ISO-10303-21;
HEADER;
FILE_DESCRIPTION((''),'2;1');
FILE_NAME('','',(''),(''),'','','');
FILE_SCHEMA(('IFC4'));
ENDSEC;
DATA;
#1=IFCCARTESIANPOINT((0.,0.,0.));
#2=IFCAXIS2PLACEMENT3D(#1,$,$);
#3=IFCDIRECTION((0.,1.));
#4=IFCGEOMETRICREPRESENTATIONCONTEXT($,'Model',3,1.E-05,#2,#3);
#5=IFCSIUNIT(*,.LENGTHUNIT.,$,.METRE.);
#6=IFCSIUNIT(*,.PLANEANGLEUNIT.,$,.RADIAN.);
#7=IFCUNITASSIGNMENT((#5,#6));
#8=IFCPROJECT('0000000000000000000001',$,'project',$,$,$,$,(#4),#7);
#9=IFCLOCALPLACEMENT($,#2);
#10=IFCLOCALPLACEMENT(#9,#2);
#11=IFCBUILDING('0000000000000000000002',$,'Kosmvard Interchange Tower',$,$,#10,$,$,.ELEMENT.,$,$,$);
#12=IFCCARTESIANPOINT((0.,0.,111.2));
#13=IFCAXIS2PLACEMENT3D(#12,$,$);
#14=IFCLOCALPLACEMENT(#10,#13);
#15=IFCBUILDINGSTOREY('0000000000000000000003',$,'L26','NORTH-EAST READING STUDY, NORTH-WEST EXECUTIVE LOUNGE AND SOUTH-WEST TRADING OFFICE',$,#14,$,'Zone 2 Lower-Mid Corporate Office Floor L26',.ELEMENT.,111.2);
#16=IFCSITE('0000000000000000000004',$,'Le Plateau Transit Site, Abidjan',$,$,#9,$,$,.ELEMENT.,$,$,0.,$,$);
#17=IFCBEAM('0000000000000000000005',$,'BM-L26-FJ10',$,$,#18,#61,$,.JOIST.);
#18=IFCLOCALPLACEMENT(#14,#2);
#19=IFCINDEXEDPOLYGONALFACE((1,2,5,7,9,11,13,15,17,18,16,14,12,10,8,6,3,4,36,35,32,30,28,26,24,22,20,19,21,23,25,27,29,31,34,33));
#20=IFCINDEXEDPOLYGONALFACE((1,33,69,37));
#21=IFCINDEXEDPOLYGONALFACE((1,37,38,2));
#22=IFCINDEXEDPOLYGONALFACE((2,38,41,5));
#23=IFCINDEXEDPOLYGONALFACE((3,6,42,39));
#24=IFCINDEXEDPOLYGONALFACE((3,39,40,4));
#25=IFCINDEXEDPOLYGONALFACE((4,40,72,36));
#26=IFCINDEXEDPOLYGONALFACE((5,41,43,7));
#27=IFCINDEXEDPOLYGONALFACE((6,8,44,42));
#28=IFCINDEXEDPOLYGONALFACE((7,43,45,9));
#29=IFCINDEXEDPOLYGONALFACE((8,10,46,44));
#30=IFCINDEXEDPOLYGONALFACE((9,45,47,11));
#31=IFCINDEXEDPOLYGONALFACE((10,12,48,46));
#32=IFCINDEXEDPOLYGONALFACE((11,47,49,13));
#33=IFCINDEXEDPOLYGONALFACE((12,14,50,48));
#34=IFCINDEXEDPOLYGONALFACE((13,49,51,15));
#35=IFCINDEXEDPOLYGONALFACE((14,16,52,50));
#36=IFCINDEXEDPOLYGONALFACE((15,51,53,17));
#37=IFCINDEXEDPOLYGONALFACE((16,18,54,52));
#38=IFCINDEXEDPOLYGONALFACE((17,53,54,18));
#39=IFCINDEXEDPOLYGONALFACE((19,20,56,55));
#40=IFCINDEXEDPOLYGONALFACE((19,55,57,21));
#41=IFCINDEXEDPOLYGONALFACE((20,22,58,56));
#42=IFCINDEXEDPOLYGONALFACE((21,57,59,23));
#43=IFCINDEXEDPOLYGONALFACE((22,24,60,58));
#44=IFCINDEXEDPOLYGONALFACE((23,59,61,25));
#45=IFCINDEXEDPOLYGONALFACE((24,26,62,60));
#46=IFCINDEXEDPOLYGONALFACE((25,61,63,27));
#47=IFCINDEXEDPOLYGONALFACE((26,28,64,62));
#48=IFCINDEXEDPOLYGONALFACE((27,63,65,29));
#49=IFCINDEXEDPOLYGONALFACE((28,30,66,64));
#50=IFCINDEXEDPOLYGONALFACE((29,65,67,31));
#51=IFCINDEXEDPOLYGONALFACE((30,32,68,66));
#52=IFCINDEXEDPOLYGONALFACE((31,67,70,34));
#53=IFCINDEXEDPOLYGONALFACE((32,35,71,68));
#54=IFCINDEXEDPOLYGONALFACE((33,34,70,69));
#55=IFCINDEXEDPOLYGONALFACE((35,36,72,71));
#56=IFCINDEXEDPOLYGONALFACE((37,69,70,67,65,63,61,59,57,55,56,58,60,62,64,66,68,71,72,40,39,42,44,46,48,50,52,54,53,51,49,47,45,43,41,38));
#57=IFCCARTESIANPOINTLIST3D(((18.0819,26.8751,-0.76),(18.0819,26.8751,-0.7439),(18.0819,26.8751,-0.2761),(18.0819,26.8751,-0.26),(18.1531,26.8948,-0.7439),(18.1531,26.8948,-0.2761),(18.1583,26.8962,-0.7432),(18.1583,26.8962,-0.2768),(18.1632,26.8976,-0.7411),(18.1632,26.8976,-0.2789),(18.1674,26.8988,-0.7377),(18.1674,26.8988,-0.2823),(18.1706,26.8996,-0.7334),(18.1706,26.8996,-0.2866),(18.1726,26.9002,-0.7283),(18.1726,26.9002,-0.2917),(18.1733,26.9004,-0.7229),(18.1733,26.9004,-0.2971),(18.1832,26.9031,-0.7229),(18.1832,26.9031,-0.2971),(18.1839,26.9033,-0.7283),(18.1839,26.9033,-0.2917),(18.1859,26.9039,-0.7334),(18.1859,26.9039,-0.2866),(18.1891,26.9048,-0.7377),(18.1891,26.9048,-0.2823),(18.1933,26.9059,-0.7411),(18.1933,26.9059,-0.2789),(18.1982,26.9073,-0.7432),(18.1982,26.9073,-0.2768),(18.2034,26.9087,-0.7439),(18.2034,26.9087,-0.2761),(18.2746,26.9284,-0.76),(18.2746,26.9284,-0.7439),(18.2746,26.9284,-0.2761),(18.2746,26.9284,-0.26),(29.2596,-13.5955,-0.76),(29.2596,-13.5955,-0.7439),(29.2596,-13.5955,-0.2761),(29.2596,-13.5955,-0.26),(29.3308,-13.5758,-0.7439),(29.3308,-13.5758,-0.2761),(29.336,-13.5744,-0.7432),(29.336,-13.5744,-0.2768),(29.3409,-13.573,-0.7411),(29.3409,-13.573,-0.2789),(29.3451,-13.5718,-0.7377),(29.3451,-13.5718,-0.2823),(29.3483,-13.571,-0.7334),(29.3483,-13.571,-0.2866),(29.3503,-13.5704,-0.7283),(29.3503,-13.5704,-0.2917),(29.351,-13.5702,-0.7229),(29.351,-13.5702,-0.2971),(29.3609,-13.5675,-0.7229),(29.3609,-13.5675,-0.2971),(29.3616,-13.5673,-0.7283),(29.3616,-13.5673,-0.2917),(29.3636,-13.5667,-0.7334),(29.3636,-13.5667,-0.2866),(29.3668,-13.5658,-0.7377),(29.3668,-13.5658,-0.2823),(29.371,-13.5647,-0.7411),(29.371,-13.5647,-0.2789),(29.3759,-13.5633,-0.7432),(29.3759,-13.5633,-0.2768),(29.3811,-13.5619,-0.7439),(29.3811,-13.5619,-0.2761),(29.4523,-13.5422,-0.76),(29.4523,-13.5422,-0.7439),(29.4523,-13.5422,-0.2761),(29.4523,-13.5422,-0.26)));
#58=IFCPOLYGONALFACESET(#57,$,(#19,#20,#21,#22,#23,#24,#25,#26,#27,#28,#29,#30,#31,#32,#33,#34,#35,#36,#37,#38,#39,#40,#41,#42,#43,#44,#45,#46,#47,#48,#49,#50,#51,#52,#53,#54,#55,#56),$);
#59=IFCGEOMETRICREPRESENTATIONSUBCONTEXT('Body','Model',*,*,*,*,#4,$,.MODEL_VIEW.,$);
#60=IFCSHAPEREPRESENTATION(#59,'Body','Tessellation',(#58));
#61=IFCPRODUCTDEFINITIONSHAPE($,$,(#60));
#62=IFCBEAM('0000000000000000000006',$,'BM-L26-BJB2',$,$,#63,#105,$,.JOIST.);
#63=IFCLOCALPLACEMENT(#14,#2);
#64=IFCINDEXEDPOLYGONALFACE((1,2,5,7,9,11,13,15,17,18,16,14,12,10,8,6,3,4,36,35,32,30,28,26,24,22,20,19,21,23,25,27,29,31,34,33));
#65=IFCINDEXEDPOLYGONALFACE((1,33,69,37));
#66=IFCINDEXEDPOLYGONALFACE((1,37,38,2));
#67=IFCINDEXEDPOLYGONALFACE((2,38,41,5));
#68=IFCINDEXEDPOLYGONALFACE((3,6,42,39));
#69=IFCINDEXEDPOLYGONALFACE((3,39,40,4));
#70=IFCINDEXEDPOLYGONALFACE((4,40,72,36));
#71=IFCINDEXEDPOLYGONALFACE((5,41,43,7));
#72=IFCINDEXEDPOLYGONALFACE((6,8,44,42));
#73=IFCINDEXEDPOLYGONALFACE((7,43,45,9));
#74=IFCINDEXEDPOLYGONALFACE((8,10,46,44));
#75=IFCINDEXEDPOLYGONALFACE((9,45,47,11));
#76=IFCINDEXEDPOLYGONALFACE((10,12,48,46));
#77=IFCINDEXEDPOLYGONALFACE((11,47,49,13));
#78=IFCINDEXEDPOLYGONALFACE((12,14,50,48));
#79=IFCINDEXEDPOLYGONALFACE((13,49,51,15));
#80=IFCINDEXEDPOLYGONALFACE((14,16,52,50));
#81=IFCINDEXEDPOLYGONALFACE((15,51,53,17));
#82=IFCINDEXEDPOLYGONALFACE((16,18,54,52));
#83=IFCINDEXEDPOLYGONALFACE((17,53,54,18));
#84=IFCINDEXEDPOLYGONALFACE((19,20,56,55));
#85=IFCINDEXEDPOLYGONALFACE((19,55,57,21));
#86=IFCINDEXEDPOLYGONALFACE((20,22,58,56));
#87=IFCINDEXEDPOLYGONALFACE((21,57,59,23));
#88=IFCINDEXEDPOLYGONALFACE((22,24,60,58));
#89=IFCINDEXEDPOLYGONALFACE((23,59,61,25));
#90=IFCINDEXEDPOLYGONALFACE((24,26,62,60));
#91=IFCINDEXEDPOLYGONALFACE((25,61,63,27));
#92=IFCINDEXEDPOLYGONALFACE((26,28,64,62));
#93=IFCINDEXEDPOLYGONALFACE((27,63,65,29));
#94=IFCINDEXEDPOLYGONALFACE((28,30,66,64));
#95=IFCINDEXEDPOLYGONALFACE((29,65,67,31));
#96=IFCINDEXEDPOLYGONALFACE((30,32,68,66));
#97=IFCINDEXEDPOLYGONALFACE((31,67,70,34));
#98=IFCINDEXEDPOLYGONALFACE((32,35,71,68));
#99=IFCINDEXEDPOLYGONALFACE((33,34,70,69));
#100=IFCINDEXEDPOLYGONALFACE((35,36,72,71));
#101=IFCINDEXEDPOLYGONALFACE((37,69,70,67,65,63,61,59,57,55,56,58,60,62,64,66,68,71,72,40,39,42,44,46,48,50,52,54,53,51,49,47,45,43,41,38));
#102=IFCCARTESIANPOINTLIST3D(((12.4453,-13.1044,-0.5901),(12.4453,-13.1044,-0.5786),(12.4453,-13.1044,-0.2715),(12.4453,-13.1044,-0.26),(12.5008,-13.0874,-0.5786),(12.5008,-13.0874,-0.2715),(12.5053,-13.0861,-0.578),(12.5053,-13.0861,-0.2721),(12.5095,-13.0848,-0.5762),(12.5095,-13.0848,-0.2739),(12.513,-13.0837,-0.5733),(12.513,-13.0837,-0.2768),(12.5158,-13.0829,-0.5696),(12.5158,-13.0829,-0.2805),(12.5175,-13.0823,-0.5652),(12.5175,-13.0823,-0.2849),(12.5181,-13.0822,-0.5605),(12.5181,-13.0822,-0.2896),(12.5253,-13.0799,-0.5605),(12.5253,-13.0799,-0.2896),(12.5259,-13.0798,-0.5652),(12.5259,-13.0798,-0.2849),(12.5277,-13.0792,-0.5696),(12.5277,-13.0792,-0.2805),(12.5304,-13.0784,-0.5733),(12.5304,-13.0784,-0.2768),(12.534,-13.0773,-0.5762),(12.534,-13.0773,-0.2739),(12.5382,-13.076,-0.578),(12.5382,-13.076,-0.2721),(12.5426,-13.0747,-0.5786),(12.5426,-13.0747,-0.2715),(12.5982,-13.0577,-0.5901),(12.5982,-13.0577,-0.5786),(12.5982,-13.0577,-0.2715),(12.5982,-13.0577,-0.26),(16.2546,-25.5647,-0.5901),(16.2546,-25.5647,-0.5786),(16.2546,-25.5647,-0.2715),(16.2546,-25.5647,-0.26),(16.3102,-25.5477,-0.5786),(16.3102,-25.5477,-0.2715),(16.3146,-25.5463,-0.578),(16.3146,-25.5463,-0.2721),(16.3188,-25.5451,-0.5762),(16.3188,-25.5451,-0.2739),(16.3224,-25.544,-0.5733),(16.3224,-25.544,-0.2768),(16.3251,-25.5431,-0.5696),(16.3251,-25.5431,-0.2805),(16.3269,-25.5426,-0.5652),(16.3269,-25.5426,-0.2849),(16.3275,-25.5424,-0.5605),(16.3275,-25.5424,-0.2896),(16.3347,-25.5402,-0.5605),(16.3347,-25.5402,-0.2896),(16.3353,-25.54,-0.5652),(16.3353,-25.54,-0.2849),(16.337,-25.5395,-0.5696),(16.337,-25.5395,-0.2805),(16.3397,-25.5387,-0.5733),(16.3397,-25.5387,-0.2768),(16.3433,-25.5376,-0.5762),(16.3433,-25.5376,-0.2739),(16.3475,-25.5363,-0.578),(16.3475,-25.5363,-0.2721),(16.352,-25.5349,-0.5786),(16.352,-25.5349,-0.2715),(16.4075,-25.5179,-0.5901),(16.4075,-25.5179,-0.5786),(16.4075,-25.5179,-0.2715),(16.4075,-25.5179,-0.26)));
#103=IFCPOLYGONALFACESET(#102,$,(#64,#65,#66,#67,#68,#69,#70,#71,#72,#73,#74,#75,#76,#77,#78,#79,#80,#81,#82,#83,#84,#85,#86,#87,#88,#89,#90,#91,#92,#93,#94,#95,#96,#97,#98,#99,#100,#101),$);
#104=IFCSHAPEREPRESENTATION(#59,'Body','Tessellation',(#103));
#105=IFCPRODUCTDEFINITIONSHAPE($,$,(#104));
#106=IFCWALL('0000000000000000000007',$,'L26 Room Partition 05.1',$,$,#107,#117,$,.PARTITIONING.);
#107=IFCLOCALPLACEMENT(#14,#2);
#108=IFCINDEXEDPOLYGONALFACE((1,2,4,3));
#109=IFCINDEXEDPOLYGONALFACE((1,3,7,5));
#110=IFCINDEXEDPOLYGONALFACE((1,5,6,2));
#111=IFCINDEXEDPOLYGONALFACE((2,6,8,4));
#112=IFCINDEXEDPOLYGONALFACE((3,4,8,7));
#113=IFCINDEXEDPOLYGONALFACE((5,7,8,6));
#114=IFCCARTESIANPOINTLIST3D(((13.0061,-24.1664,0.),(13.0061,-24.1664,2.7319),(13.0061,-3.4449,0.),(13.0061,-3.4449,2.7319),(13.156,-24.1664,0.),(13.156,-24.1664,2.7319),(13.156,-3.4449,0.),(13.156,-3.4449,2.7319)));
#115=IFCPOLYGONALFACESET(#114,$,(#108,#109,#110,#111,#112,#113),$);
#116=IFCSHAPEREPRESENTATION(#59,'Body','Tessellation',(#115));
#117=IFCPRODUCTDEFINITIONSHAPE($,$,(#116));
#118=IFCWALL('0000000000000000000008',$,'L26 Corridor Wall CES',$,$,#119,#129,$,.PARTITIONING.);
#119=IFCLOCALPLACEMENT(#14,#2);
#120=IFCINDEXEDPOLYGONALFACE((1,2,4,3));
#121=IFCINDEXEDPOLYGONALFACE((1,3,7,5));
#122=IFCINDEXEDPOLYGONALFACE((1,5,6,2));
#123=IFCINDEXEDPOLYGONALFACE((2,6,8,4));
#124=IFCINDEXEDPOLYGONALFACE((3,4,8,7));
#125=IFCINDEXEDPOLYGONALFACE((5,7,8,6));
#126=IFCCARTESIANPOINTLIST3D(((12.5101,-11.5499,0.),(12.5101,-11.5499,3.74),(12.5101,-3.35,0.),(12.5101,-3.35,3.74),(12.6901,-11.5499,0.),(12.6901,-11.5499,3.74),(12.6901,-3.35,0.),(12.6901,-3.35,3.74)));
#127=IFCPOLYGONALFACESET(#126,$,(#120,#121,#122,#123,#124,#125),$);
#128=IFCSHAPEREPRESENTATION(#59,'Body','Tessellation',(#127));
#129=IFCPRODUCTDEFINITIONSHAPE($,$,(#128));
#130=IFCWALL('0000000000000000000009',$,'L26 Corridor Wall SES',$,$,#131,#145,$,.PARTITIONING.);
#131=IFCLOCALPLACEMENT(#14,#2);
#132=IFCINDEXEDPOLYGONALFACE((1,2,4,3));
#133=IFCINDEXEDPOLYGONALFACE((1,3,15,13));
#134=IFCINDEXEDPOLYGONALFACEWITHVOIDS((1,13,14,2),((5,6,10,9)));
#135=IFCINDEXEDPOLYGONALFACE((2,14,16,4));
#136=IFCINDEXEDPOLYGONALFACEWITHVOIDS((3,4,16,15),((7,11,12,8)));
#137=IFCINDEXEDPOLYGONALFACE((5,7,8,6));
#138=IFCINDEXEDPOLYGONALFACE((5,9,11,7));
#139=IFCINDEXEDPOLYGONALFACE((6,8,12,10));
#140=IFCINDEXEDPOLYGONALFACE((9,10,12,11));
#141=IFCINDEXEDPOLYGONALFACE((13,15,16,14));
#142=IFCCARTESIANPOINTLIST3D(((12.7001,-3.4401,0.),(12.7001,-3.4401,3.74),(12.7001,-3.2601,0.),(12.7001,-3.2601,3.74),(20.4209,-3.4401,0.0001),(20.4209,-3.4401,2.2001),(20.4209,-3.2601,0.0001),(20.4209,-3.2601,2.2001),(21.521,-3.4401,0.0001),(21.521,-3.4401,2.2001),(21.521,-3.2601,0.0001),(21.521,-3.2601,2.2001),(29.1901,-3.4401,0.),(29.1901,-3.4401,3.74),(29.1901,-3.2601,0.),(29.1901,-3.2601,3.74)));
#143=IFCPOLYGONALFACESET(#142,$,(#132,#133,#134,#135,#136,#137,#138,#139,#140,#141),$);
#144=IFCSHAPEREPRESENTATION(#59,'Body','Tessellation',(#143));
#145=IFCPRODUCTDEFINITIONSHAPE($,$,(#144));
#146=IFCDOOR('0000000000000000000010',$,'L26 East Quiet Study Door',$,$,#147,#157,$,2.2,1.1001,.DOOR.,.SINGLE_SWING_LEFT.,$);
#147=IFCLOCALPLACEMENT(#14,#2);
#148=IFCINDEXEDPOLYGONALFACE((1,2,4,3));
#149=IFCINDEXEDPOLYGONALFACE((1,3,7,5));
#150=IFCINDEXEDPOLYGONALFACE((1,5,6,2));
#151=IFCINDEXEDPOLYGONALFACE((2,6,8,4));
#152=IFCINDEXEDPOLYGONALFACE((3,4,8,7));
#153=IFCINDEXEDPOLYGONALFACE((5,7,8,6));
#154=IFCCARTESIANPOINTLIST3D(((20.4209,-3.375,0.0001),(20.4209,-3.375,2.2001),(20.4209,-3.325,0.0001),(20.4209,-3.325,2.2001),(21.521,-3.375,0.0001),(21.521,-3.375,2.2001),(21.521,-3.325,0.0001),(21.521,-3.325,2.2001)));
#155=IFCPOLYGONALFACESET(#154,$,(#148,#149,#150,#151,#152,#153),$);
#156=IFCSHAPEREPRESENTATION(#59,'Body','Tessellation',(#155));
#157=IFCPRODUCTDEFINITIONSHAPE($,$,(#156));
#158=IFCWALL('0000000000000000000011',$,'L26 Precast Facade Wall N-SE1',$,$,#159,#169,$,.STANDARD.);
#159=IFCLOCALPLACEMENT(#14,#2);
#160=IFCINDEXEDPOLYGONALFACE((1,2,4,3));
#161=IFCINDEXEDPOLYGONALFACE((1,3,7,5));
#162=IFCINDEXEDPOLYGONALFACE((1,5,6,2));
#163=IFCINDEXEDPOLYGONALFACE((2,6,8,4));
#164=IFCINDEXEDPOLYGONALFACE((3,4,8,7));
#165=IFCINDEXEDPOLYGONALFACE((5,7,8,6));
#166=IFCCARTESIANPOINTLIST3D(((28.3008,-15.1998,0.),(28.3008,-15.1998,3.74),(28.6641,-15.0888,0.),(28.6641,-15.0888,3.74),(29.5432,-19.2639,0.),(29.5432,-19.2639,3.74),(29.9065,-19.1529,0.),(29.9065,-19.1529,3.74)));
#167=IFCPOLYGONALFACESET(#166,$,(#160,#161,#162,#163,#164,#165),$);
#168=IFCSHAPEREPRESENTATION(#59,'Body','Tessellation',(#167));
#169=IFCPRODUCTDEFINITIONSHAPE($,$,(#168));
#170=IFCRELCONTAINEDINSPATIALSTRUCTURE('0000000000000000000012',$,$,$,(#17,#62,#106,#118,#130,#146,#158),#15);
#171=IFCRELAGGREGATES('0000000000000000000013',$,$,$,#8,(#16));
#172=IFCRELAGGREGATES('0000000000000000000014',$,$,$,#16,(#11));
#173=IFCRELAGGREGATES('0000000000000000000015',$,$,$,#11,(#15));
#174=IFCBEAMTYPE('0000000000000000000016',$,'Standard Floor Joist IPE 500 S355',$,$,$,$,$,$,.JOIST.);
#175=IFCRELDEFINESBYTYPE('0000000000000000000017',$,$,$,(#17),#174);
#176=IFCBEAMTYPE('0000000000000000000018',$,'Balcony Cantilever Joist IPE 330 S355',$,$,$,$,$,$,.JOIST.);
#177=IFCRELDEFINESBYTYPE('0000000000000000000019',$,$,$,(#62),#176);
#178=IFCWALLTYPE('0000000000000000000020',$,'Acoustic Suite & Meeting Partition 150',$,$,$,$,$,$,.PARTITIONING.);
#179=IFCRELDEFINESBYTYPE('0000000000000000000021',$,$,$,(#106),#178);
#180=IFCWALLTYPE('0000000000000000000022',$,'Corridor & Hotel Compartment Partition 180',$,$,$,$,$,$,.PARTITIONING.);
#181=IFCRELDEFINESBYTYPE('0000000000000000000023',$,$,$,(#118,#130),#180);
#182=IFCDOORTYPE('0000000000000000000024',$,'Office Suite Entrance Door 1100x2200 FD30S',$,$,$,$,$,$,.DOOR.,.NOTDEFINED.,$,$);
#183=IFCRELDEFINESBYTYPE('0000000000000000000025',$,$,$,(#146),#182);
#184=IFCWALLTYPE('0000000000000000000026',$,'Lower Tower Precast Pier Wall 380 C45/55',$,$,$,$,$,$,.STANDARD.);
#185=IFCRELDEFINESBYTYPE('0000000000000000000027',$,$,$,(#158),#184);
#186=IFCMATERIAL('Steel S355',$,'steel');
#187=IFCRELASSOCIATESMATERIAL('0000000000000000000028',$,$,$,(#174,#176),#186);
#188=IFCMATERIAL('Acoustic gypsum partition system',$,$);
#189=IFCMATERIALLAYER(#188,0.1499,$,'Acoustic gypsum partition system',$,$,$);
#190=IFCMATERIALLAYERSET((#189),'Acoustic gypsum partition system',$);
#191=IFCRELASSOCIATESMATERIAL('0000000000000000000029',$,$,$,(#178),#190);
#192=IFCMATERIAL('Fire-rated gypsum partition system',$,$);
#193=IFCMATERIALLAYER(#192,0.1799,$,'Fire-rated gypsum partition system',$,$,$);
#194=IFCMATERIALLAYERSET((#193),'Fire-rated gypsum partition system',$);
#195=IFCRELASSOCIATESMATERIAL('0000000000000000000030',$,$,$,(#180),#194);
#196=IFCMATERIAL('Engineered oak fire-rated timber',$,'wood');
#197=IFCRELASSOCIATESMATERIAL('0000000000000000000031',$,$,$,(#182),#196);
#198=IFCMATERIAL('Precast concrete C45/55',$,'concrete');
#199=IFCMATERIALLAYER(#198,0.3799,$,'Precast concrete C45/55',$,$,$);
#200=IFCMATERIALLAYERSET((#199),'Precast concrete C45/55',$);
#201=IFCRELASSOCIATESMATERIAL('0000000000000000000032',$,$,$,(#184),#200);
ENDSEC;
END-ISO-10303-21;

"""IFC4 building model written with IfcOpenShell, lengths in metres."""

from ifc_helpers import new_model, si_unit, direction, frame, frame_2d, origin, origin_2d, place, context, subcontext, project, spatial, rectangle, i_section, extrude, source, transform, mapped, material, layer, layer_set, material_profile, profile_set, type_object, element, fill, save


model = new_model("IFC4")

# Units and contexts
model_context = context("Model", 3, precision=1e-05, world=origin(), true_north=direction((0.0, 1.0)))
body_context = subcontext(model_context, "Body", "Model", "MODEL_VIEW")
ifc_project = project(units=[si_unit("LENGTHUNIT", "METRE"), si_unit("PLANEANGLEUNIT", "RADIAN")], contexts=[model_context])

# Site, building, storey
site_placement = place(None, origin())
site = spatial("IfcSite", under=ifc_project, at=site_placement, Name="Le Plateau Transit Site, Abidjan", CompositionType="ELEMENT", RefElevation=0.0)
building_placement = place(site_placement, origin())
building = spatial("IfcBuilding", under=site, at=building_placement, Name="Kosmvard Interchange Tower", CompositionType="ELEMENT")
storey_placement = place(building_placement, frame((0.0, 0.0, 111.2)))
storey = spatial("IfcBuildingStorey", under=building, at=storey_placement, Name="L26", Description="NORTH-EAST READING STUDY, NORTH-WEST EXECUTIVE LOUNGE AND SOUTH-WEST TRADING OFFICE", LongName="Zone 2 Lower-Mid Corporate Office Floor L26", CompositionType="ELEMENT", Elevation=111.2)

# Beams
ifc_material_1 = material(Name="Steel S355", Category="steel")
ifc_material_2 = material(Name="Precast concrete C45/55", Category="concrete")
ifc_material_profile_1 = material_profile(ifc_material_1, i_section(OverallWidth=0.2, OverallDepth=0.5, WebThickness=0.0103, FlangeThickness=0.0161, FilletRadius=0.021, at=origin_2d()), Name="IPE 500")
ifc_profile_set_1 = profile_set([ifc_material_profile_1], Name="Steel S355")
beam_type_1 = type_object("IfcBeamType", Name="Standard Floor Joist IPE 500 S355", PredefinedType="JOIST", material=ifc_profile_set_1)
shared_shape_1 = source(origin(), body_context, "Body", "SweptSolid", [
    extrude(i_section(OverallWidth=0.2, OverallDepth=0.5, WebThickness=0.0103, FlangeThickness=0.0161, FilletRadius=0.021, at=origin_2d()), origin(), (0.0, 0.0, 1.0), 41.9858),
])
beam_1_placement = place(storey_placement, frame((29.356, -13.5688, -0.51), z_axis=(-0.266226, 0.963911, 0.0), x_axis=(-0.963911, -0.266226, 0.0)))
element("IfcBeam", 1, at=beam_1_placement, inside=storey, type_object=beam_type_1, Name="BM-L26-FJ10", PredefinedType="JOIST", context=body_context, shape_type="MappedRepresentation", body=[
    mapped(shared_shape_1, transform((0.0, 0.0, 0.0), scale=1.0)),
])
ifc_material_profile_2 = material_profile(ifc_material_1, i_section(OverallWidth=0.1599, OverallDepth=0.3301, WebThickness=0.0076, FlangeThickness=0.0115, FilletRadius=0.0181, at=origin_2d()), Name="IPE 330")
ifc_profile_set_2 = profile_set([ifc_material_profile_2], Name="Steel S355")
beam_type_2 = type_object("IfcBeamType", Name="Balcony Cantilever Joist IPE 330 S355", PredefinedType="JOIST", material=ifc_profile_set_2)
shared_shape_2 = source(origin(), body_context, "Body", "SweptSolid", [
    extrude(i_section(OverallWidth=0.1599, OverallDepth=0.3301, WebThickness=0.0076, FlangeThickness=0.0115, FilletRadius=0.0181, at=origin_2d()), origin(), (0.0, 0.0, 1.0), 13.0295),
])
beam_2_placement = place(storey_placement, frame((12.5217, -13.0811, -0.425), z_axis=(0.292362, -0.956308, 0.0), x_axis=(0.956308, 0.292362, 0.0)))
element("IfcBeam", 2, at=beam_2_placement, inside=storey, type_object=beam_type_2, Name="BM-L26-BJB2", PredefinedType="JOIST", context=body_context, shape_type="MappedRepresentation", body=[
    mapped(shared_shape_2, transform((0.0, 0.0, 0.0), scale=1.0)),
])

# Walls
ifc_material_3 = material(Name="Acoustic gypsum partition system")
ifc_layer_1 = layer(ifc_material_3, 0.1499, Name="Acoustic gypsum partition system")
ifc_layer_set_1 = layer_set([ifc_layer_1], Name="Acoustic gypsum partition system")
wall_type_1 = type_object("IfcWallType", Name="Acoustic Suite & Meeting Partition 150", PredefinedType="PARTITIONING", material=ifc_layer_set_1)
wall_1_placement = place(storey_placement, frame((13.0811, -24.1665, 0.0), z_axis=(0.0, 0.0, 1.0), x_axis=(0.0, 1.0, 0.0)))
element("IfcWall", 3, at=wall_1_placement, inside=storey, type_object=wall_type_1, Name="L26 Room Partition 05.1", PredefinedType="PARTITIONING", context=body_context, shape_type="SweptSolid", body=[
    extrude(rectangle(XDim=20.7214, YDim=0.1499, at=frame_2d((10.3608, 0.0))), origin(), (0.0, 0.0, 1.0), 2.7319),
])
ifc_material_4 = material(Name="Fire-rated gypsum partition system")
ifc_layer_2 = layer(ifc_material_4, 0.1799, Name="Fire-rated gypsum partition system")
ifc_layer_set_2 = layer_set([ifc_layer_2], Name="Fire-rated gypsum partition system")
wall_type_2 = type_object("IfcWallType", Name="Corridor & Hotel Compartment Partition 180", PredefinedType="PARTITIONING", material=ifc_layer_set_2)
wall_2_placement = place(storey_placement, frame((12.6001, -11.55, 0.0), z_axis=(0.0, 0.0, 1.0), x_axis=(0.0, 1.0, 0.0)))
element("IfcWall", 4, at=wall_2_placement, inside=storey, type_object=wall_type_2, Name="L26 Corridor Wall CES", PredefinedType="PARTITIONING", context=body_context, shape_type="SweptSolid", body=[
    extrude(rectangle(XDim=8.2, YDim=0.1799, at=frame_2d((4.1001, 0.0))), origin(), (0.0, 0.0, 1.0), 3.74),
])

# Wall, opening, door
wall_3_placement = place(storey_placement, frame((12.7, -3.3501, 0.0), z_axis=(0.0, 0.0, 1.0), x_axis=(1.0, 0.0, 0.0)))
wall_3 = element("IfcWall", 5, at=wall_3_placement, inside=storey, type_object=wall_type_2, Name="L26 Corridor Wall SES", PredefinedType="PARTITIONING", context=body_context, shape_type="SweptSolid", body=[
    extrude(rectangle(XDim=16.49, YDim=0.1799, at=frame_2d((8.2451, 0.0))), origin(), (0.0, 0.0, 1.0), 3.74),
])
opening_1_placement = place(wall_3_placement, frame((7.7209, 0.0, 0.0)))
opening_1 = element("IfcOpeningElement", 6, at=opening_1_placement, cuts=wall_3, PredefinedType="OPENING", context=body_context, shape_type="SweptSolid", body=[
    extrude(rectangle(XDim=1.1001, YDim=2.2, at=frame_2d((0.55, 1.1001))), frame((0.0, 0.1001, 0.0), z_axis=(0.0, -1.0, 0.0), x_axis=(1.0, 0.0, 0.0)), (0.0, 0.0, 1.0), 0.2),
])
ifc_material_5 = material(Name="Engineered oak fire-rated timber", Category="wood")
door_type = type_object("IfcDoorType", Name="Office Suite Entrance Door 1100x2200 FD30S", OperationType="NOTDEFINED", PredefinedType="DOOR", material=ifc_material_5)
shared_shape_3 = source(origin(), body_context, "Body", "SweptSolid", [
    extrude(rectangle(XDim=1.1001, YDim=2.2, at=frame_2d((0.55, 1.1001))), frame((0.0, 0.0249, 0.0), z_axis=(0.0, -1.0, 0.0), x_axis=(1.0, 0.0, 0.0)), (0.0, 0.0, 1.0), 0.05),
])
door_placement = place(opening_1_placement, frame((1.1001, 0.0, 0.0), z_axis=(0.0, 0.0, 1.0), x_axis=(-1.0, 0.0, 0.0)))
door = element("IfcDoor", 7, at=door_placement, inside=storey, type_object=door_type, Name="L26 East Quiet Study Door", OperationType="SINGLE_SWING_LEFT", OverallHeight=2.2, OverallWidth=1.1001, PredefinedType="DOOR", context=body_context, shape_type="MappedRepresentation", body=[
    mapped(shared_shape_3, transform((0.0, 0.0, 0.0), scale=1.0)),
])
fill(opening_1, door)

# Wall
ifc_layer_3 = layer(ifc_material_2, 0.3799, Name="Precast concrete C45/55")
ifc_layer_set_3 = layer_set([ifc_layer_3], Name="Precast concrete C45/55")
wall_type_3 = type_object("IfcWallType", Name="Lower Tower Precast Pier Wall 380 C45/55", PredefinedType="STANDARD", material=ifc_layer_set_3)
wall_4_placement = place(storey_placement, frame((29.7249, -19.2085, 0.0), z_axis=(0.0, 0.0, 1.0), x_axis=(-0.292346, 0.956313, 0.0)))
element("IfcWall", 8, at=wall_4_placement, inside=storey, type_object=wall_type_3, Name="L26 Precast Facade Wall N-SE1", PredefinedType="STANDARD", context=body_context, shape_type="SweptSolid", body=[
    extrude(rectangle(XDim=4.2498, YDim=0.3799, at=frame_2d((2.125, 0.0))), origin(), (0.0, 0.0, 1.0), 3.74),
])

save(model, "model.ifc")
